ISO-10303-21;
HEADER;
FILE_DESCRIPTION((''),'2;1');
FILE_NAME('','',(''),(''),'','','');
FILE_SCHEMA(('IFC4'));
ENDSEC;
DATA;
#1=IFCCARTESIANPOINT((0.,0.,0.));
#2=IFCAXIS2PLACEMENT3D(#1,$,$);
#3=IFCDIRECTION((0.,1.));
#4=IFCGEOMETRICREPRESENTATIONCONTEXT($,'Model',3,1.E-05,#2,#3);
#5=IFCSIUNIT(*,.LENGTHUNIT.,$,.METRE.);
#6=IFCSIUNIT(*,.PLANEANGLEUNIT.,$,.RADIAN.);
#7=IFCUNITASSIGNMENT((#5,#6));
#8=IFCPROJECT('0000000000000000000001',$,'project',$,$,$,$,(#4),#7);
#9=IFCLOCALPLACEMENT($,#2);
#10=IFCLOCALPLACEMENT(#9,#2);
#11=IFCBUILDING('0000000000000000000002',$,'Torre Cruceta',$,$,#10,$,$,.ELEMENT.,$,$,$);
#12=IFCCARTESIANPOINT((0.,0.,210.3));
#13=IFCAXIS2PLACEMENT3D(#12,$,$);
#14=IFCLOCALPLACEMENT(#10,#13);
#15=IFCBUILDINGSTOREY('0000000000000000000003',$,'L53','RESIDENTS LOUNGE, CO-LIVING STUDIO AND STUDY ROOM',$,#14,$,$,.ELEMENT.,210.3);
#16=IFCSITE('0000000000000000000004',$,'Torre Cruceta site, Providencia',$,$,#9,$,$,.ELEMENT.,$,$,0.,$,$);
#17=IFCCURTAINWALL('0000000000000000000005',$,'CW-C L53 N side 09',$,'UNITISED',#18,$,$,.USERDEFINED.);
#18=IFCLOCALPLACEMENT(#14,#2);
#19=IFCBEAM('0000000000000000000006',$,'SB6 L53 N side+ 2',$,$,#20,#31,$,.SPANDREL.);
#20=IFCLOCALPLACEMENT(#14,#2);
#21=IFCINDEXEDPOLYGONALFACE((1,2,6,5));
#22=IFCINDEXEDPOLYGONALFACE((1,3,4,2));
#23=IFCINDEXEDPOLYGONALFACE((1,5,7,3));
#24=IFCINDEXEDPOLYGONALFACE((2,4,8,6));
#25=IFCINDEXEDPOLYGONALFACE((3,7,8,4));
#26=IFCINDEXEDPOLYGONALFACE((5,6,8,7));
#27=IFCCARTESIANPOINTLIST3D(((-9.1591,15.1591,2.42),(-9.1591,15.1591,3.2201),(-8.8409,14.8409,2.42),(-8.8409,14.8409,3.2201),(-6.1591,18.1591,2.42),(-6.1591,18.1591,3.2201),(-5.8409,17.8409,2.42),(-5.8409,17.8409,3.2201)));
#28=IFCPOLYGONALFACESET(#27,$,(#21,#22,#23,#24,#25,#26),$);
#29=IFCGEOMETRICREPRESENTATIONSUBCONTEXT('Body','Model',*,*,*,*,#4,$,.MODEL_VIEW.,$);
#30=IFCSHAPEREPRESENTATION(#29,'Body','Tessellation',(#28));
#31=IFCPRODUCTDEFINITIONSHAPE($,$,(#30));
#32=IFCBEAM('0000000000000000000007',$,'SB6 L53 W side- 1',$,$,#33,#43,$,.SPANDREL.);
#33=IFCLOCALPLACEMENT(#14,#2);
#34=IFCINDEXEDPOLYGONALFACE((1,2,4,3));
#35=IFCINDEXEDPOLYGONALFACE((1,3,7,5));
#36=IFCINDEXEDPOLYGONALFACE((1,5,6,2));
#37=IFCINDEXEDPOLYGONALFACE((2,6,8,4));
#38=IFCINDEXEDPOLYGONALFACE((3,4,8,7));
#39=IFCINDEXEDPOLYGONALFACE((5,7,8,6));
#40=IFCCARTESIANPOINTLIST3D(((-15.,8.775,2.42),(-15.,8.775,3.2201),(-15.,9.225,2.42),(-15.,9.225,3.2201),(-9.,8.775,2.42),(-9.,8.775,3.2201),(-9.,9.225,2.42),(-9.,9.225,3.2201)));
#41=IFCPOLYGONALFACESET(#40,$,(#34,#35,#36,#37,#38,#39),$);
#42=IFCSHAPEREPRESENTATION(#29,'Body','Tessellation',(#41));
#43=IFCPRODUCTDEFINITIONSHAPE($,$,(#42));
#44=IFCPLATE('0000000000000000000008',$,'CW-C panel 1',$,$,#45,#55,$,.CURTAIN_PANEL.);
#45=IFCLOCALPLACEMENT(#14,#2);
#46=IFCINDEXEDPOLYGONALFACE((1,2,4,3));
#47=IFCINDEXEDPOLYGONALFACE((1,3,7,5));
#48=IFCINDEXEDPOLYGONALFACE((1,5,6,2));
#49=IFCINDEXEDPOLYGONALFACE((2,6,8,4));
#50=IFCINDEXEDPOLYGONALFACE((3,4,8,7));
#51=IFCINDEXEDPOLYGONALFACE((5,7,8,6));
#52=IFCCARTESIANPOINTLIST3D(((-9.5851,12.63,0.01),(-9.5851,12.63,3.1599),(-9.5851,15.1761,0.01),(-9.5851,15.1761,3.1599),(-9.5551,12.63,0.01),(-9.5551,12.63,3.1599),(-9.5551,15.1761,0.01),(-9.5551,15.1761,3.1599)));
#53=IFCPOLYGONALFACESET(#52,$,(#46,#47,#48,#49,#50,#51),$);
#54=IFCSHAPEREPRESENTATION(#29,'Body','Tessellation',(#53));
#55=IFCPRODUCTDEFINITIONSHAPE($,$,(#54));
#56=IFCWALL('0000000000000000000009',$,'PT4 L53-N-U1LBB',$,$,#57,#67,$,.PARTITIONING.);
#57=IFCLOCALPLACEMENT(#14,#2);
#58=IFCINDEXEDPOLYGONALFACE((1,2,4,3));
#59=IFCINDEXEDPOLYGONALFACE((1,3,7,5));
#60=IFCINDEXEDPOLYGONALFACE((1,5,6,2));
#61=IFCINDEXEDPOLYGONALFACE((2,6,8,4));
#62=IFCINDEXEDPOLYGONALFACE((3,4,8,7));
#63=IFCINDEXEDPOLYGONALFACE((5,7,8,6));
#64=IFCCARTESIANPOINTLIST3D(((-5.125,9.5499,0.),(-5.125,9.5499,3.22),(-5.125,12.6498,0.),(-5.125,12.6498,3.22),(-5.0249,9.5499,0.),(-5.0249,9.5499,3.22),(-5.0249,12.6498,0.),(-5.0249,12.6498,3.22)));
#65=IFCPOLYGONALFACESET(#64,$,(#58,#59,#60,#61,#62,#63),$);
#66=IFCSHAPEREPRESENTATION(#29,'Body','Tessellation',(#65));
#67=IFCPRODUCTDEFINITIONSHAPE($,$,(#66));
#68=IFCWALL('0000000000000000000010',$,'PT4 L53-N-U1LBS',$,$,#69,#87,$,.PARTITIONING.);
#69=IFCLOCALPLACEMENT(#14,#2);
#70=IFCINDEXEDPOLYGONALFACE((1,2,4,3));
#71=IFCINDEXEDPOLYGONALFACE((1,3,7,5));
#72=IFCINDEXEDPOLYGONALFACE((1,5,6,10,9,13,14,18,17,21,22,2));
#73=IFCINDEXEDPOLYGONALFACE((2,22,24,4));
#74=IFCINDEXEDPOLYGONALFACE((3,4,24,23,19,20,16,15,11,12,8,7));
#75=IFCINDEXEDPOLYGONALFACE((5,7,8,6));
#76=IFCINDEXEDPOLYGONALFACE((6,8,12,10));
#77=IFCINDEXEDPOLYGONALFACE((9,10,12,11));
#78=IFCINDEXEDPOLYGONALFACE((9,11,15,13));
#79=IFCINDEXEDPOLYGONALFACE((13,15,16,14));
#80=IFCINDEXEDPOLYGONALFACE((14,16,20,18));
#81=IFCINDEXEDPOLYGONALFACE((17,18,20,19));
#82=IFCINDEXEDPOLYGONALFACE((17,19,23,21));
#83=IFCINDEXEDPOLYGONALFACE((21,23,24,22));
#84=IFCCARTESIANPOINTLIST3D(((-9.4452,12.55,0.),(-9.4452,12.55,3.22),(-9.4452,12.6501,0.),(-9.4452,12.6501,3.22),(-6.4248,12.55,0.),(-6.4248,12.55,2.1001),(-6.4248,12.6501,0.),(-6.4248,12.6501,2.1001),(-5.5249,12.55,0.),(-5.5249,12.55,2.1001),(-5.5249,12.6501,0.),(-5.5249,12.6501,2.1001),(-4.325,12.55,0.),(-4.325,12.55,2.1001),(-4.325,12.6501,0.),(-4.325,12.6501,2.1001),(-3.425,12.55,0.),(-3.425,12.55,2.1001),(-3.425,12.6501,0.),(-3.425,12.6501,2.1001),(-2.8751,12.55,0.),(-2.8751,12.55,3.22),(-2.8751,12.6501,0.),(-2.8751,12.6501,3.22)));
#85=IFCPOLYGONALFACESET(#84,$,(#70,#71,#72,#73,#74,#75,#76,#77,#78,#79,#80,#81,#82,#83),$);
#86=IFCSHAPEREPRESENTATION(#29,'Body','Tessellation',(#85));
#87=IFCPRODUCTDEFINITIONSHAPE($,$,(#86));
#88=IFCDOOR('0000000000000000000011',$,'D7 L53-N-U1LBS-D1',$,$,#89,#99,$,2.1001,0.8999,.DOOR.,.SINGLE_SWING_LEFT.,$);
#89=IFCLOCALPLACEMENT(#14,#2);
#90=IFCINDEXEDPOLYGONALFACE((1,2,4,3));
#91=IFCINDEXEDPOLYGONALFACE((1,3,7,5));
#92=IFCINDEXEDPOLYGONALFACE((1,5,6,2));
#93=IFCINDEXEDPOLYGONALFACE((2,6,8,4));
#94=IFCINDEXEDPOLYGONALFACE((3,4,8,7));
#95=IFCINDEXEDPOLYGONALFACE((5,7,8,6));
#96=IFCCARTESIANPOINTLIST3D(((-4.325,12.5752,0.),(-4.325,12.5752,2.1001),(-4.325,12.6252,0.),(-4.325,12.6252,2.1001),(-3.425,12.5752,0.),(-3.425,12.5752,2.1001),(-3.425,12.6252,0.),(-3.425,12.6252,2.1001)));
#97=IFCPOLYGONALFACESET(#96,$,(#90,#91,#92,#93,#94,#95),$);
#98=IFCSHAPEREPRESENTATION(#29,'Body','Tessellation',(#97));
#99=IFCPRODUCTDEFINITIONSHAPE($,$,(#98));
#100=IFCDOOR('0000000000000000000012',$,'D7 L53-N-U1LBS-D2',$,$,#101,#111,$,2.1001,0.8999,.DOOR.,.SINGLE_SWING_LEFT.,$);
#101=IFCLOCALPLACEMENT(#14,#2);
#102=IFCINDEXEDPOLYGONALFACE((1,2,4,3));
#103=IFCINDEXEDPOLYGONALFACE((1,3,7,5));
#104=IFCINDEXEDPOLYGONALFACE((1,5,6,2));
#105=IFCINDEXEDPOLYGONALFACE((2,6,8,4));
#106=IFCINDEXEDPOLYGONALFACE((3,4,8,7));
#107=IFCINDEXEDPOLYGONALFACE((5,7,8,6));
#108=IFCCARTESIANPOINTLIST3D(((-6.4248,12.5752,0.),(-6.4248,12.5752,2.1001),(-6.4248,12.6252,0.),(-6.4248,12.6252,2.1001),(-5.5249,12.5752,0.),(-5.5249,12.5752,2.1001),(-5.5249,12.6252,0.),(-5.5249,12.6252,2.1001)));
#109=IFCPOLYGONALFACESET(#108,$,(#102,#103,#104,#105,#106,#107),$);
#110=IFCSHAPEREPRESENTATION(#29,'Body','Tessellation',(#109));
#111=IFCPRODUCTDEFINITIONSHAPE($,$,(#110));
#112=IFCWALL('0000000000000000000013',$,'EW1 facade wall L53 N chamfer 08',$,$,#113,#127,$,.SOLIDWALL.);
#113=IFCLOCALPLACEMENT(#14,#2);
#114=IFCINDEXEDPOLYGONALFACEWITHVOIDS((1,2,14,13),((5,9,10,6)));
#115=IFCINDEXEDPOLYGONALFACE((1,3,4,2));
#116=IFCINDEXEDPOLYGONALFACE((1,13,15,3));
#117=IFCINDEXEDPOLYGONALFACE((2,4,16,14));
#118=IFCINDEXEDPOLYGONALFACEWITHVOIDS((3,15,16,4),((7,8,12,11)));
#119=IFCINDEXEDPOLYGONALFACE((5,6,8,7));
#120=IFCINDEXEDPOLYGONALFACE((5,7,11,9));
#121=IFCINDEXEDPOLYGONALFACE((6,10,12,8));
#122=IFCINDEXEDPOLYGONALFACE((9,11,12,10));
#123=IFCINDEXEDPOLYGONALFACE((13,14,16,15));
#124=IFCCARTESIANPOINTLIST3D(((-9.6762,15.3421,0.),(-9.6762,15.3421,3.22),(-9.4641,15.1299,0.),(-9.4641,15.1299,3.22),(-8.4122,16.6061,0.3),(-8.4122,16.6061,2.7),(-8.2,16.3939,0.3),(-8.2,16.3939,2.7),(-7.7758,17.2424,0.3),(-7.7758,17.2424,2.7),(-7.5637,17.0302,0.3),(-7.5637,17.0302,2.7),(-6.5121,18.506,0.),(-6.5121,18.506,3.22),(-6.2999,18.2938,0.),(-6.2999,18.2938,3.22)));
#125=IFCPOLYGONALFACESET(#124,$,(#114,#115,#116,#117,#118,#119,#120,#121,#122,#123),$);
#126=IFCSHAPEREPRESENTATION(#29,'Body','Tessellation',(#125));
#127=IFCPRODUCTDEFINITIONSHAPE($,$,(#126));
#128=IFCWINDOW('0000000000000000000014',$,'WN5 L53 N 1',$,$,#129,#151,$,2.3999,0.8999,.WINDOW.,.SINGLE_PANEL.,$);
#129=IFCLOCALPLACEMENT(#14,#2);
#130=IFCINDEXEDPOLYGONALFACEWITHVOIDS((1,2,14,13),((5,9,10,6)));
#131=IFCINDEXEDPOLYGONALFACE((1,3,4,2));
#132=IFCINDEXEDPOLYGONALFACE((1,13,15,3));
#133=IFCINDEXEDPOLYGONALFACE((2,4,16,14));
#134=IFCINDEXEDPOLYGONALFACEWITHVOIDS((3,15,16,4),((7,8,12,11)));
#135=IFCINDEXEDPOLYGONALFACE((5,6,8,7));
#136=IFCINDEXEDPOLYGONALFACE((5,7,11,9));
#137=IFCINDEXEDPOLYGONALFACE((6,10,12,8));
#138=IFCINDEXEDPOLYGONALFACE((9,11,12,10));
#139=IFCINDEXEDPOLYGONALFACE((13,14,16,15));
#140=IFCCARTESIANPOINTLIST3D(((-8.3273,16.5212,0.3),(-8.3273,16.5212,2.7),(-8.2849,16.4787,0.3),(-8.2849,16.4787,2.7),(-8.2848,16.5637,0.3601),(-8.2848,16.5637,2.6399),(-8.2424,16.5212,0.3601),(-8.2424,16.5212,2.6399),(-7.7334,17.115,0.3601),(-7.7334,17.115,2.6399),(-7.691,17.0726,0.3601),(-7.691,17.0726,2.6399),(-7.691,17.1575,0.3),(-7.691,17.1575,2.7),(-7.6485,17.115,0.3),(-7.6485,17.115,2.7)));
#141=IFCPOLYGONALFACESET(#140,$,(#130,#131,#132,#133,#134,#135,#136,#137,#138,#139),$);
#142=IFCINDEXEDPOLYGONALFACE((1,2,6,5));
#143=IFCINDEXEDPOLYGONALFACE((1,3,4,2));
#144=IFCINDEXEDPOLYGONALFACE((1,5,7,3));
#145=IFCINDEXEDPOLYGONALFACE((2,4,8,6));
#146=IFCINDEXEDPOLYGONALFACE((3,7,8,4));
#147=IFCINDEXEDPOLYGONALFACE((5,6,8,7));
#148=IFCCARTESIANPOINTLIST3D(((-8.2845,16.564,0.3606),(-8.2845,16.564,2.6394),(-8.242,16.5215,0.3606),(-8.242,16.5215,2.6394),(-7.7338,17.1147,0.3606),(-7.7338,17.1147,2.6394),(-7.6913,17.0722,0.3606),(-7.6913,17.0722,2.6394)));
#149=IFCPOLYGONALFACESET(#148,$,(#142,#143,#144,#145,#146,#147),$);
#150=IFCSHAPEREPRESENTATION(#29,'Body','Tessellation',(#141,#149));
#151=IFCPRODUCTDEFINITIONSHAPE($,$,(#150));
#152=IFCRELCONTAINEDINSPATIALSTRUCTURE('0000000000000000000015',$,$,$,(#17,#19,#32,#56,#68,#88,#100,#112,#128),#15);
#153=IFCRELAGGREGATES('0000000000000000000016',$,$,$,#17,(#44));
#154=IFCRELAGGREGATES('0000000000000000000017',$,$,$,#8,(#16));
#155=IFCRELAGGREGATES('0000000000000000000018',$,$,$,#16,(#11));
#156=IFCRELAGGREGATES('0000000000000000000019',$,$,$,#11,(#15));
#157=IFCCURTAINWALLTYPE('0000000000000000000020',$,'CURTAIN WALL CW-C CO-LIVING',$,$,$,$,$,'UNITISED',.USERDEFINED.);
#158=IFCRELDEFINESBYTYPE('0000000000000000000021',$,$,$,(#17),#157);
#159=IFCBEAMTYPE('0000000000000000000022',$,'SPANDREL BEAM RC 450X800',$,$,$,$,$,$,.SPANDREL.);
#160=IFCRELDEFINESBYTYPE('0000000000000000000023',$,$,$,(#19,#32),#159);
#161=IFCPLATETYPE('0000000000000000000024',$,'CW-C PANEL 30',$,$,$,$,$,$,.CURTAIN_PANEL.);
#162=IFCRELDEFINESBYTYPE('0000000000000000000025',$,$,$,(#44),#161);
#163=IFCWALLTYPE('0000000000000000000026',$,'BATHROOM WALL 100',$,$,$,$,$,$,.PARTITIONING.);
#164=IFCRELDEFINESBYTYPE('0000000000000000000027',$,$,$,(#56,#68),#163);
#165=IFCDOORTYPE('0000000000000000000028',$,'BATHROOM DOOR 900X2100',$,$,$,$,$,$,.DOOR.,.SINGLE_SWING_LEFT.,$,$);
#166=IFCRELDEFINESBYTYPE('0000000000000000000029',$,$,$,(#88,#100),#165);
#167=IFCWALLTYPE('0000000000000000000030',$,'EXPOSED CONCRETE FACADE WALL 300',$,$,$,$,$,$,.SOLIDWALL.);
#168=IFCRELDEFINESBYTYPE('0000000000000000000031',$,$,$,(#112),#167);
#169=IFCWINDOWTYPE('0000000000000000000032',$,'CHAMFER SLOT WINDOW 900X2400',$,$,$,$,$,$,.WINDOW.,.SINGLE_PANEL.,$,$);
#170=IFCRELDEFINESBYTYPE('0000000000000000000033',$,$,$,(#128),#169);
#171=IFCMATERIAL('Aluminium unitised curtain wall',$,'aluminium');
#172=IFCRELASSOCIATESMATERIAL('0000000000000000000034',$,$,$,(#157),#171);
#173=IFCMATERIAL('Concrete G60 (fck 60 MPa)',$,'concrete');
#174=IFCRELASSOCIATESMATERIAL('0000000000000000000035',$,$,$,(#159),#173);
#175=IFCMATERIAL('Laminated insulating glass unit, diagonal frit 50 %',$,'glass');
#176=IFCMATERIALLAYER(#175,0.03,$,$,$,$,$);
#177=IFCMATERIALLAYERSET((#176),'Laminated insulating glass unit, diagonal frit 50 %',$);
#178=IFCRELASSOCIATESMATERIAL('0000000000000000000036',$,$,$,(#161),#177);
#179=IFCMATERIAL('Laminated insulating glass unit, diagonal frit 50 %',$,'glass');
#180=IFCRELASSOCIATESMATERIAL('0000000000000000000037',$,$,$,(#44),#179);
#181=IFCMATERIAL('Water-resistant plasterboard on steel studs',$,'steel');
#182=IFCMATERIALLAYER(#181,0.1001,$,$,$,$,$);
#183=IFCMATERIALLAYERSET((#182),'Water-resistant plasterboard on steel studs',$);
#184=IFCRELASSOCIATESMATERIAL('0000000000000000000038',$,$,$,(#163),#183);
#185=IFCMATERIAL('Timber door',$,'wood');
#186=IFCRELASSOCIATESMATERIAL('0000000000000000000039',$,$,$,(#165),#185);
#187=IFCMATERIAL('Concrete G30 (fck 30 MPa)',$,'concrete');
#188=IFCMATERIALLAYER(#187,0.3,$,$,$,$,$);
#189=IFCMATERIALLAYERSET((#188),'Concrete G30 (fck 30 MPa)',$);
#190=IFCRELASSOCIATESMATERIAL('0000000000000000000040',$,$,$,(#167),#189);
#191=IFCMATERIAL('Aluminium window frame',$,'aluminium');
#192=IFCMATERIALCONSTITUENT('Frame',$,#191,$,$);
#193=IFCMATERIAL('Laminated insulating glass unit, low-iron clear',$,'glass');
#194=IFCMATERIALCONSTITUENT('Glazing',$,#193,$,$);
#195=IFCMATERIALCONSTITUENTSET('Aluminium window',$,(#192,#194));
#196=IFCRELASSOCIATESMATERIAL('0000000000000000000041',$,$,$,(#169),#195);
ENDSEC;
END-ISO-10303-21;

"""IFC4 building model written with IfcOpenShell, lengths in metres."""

from ifc_helpers import new_model, si_unit, direction, frame, frame_2d, origin, origin_2d, place, context, subcontext, project, spatial, rectangle, hollow_rectangle, extrude, material, layer, layer_set, constituent, constituent_set, material_profile, profile_set, type_object, element, fill, aggregate, save


model = new_model("IFC4")

# Units and contexts
model_context = context("Model", 3, precision=1e-05, world=origin(), true_north=direction((0.0, 1.0)))
body_context = subcontext(model_context, "Body", "Model", "MODEL_VIEW")
ifc_project = project(units=[si_unit("LENGTHUNIT", "METRE"), si_unit("PLANEANGLEUNIT", "RADIAN")], contexts=[model_context])

# Site, building, storey
site_placement = place(None, origin())
site = spatial("IfcSite", under=ifc_project, at=site_placement, Name="Torre Cruceta site, Providencia", CompositionType="ELEMENT", RefElevation=0.0)
building_placement = place(site_placement, origin())
building = spatial("IfcBuilding", under=site, at=building_placement, Name="Torre Cruceta", CompositionType="ELEMENT")
storey_placement = place(building_placement, frame((0.0, 0.0, 210.3)))
storey = spatial("IfcBuildingStorey", under=building, at=storey_placement, Name="L53", Description="RESIDENTS LOUNGE, CO-LIVING STUDIO AND STUDY ROOM", CompositionType="ELEMENT", Elevation=210.3)

# Curtain wall
ifc_material_1 = material(Name="Aluminium unitised curtain wall", Category="aluminium")
curtain_wall_type = type_object("IfcCurtainWallType", Name="CURTAIN WALL CW-C CO-LIVING", ElementType="UNITISED", PredefinedType="USERDEFINED", material=ifc_material_1)
curtain_wall_1_placement = place(storey_placement, origin())
curtain_wall_1 = element("IfcCurtainWall", 1, at=curtain_wall_1_placement, inside=storey, type_object=curtain_wall_type, Name="CW-C L53 N side 09", ObjectType="UNITISED", PredefinedType="USERDEFINED")

# Beams
ifc_material_2 = material(Name="Concrete G60 (fck 60 MPa)", Category="concrete")
ifc_material_profile_1 = material_profile(ifc_material_2, rectangle(XDim=0.45, YDim=0.8, at=origin_2d()), Name="RC 450X800")
ifc_profile_set_1 = profile_set([ifc_material_profile_1], Name="Concrete G60 (fck 60 MPa)")
beam_type_1 = type_object("IfcBeamType", Name="SPANDREL BEAM RC 450X800", PredefinedType="SPANDREL", material=ifc_profile_set_1)
beam_1_placement = place(storey_placement, frame((-9.0, 15.0, 2.8201), z_axis=(0.707107, 0.707107, 0.0), x_axis=(-0.707107, 0.707107, 0.0)))
element("IfcBeam", 2, at=beam_1_placement, inside=storey, type_object=beam_type_1, Name="SB6 L53 N side+ 2", PredefinedType="SPANDREL", context=body_context, shape_type="SweptSolid", body=[
    extrude(rectangle(XDim=0.45, YDim=0.8, at=origin_2d()), origin(), (0.0, 0.0, 1.0), 4.2427),
])
beam_2_placement = place(storey_placement, frame((-9.0, 9.0, 2.8201), z_axis=(-1.0, 0.0, 0.0), x_axis=(0.0, -1.0, 0.0)))
element("IfcBeam", 3, at=beam_2_placement, inside=storey, type_object=beam_type_1, Name="SB6 L53 W side- 1", PredefinedType="SPANDREL", context=body_context, shape_type="SweptSolid", body=[
    extrude(rectangle(XDim=0.45, YDim=0.8, at=origin_2d()), origin(), (0.0, 0.0, 1.0), 6.0),
])

# Plate
ifc_material_3 = material(Name="Laminated insulating glass unit, diagonal frit 50 %", Category="glass")
ifc_material_4 = material(Name="Laminated insulating glass unit, diagonal frit 50 %", Category="glass")
ifc_layer_1 = layer(ifc_material_4, 0.03)
ifc_layer_set_1 = layer_set([ifc_layer_1], Name="Laminated insulating glass unit, diagonal frit 50 %")
plate_type = type_object("IfcPlateType", Name="CW-C PANEL 30", PredefinedType="CURTAIN_PANEL", material=ifc_layer_set_1)
plate_placement = place(storey_placement, frame((-9.5701, 13.9031, 0.01), z_axis=(0.0, 0.0, 1.0), x_axis=(0.0, -1.0, 0.0)))
plate = element("IfcPlate", 4, at=plate_placement, type_object=plate_type, material=ifc_material_3, Name="CW-C panel 1", PredefinedType="CURTAIN_PANEL", context=body_context, shape_type="SweptSolid", body=[
    extrude(rectangle(XDim=2.5461, YDim=0.03, at=origin_2d()), origin(), (0.0, 0.0, 1.0), 3.1499),
])
aggregate(curtain_wall_1, [plate])

# Wall
ifc_material_5 = material(Name="Water-resistant plasterboard on steel studs", Category="steel")
ifc_layer_2 = layer(ifc_material_5, 0.1001)
ifc_layer_set_2 = layer_set([ifc_layer_2], Name="Water-resistant plasterboard on steel studs")
wall_type_1 = type_object("IfcWallType", Name="BATHROOM WALL 100", PredefinedType="PARTITIONING", material=ifc_layer_set_2)
wall_1_placement = place(storey_placement, frame((-5.075, 9.55, 0.0), z_axis=(0.0, 0.0, 1.0), x_axis=(0.0, 1.0, 0.0)))
element("IfcWall", 5, at=wall_1_placement, inside=storey, type_object=wall_type_1, Name="PT4 L53-N-U1LBB", PredefinedType="PARTITIONING", context=body_context, shape_type="SweptSolid", body=[
    extrude(rectangle(XDim=3.0999, YDim=0.1001, at=frame_2d((1.5498, 0.0))), origin(), (0.0, 0.0, 1.0), 3.22),
])

# Wall, openings, doors
wall_2_placement = place(storey_placement, frame((-2.875, 12.6001, 0.0), z_axis=(0.0, 0.0, 1.0), x_axis=(-1.0, 0.0, 0.0)))
wall_2 = element("IfcWall", 6, at=wall_2_placement, inside=storey, type_object=wall_type_1, Name="PT4 L53-N-U1LBS", PredefinedType="PARTITIONING", context=body_context, shape_type="SweptSolid", body=[
    extrude(rectangle(XDim=6.5701, YDim=0.1001, at=frame_2d((3.2852, 0.0))), origin(), (0.0, 0.0, 1.0), 3.22),
])
opening_1_placement = place(wall_2_placement, frame((0.55, 0.0, 0.0)))
opening_1 = element("IfcOpeningElement", 7, at=opening_1_placement, cuts=wall_2, PredefinedType="OPENING", context=body_context, shape_type="SweptSolid", body=[
    extrude(rectangle(XDim=0.8999, YDim=2.1001, at=frame_2d((0.45, 1.05))), frame((0.0, 0.0601, 0.0), z_axis=(0.0, -1.0, 0.0), x_axis=(1.0, 0.0, 0.0)), (0.0, 0.0, 1.0), 0.1201),
])
opening_2_placement = place(wall_2_placement, frame((2.6499, 0.0, 0.0)))
opening_2 = element("IfcOpeningElement", 8, at=opening_2_placement, cuts=wall_2, PredefinedType="OPENING", context=body_context, shape_type="SweptSolid", body=[
    extrude(rectangle(XDim=0.8999, YDim=2.1001, at=frame_2d((0.45, 1.05))), frame((0.0, 0.0601, 0.0), z_axis=(0.0, -1.0, 0.0), x_axis=(1.0, 0.0, 0.0)), (0.0, 0.0, 1.0), 0.1201),
])
ifc_material_6 = material(Name="Timber door", Category="wood")
door_type_1 = type_object("IfcDoorType", Name="BATHROOM DOOR 900X2100", OperationType="SINGLE_SWING_LEFT", PredefinedType="DOOR", material=ifc_material_6)
door_1_placement = place(opening_1_placement, origin())
door_1 = element("IfcDoor", 9, at=door_1_placement, inside=storey, type_object=door_type_1, Name="D7 L53-N-U1LBS-D1", OperationType="SINGLE_SWING_LEFT", OverallHeight=2.1001, OverallWidth=0.8999, PredefinedType="DOOR", context=body_context, shape_type="SweptSolid", body=[
    extrude(rectangle(XDim=0.8999, YDim=2.1001, at=frame_2d((0.45, 1.05))), frame((0.0, 0.0249, 0.0), z_axis=(0.0, -1.0, 0.0), x_axis=(1.0, 0.0, 0.0)), (0.0, 0.0, 1.0), 0.05),
])
fill(opening_1, door_1)
door_2_placement = place(opening_2_placement, origin())
door_2 = element("IfcDoor", 10, at=door_2_placement, inside=storey, type_object=door_type_1, Name="D7 L53-N-U1LBS-D2", OperationType="SINGLE_SWING_LEFT", OverallHeight=2.1001, OverallWidth=0.8999, PredefinedType="DOOR", context=body_context, shape_type="SweptSolid", body=[
    extrude(rectangle(XDim=0.8999, YDim=2.1001, at=frame_2d((0.45, 1.05))), frame((0.0, 0.0249, 0.0), z_axis=(0.0, -1.0, 0.0), x_axis=(1.0, 0.0, 0.0)), (0.0, 0.0, 1.0), 0.05),
])
fill(opening_2, door_2)

# Wall, opening, window
ifc_material_7 = material(Name="Concrete G30 (fck 30 MPa)", Category="concrete")
ifc_layer_3 = layer(ifc_material_7, 0.3)
ifc_layer_set_3 = layer_set([ifc_layer_3], Name="Concrete G30 (fck 30 MPa)")
wall_type_2 = type_object("IfcWallType", Name="EXPOSED CONCRETE FACADE WALL 300", PredefinedType="SOLIDWALL", material=ifc_layer_set_3)
wall_3_placement = place(storey_placement, frame((-6.406, 18.3999, 0.0), z_axis=(0.0, 0.0, 1.0), x_axis=(-0.707134, -0.707079, 0.0)))
wall_3 = element("IfcWall", 11, at=wall_3_placement, inside=storey, type_object=wall_type_2, Name="EW1 facade wall L53 N chamfer 08", PredefinedType="SOLIDWALL", context=body_context, shape_type="SweptSolid", body=[
    extrude(rectangle(XDim=4.4746, YDim=0.3, at=frame_2d((2.2373, 0.0))), origin(), (0.0, 0.0, 1.0), 3.22),
])
opening_3_placement = place(wall_3_placement, frame((1.7871, 0.0, 0.3)))
opening_3 = element("IfcOpeningElement", 12, at=opening_3_placement, cuts=wall_3, PredefinedType="OPENING", context=body_context, shape_type="SweptSolid", body=[
    extrude(rectangle(XDim=0.8999, YDim=2.3999, at=frame_2d((0.45, 1.2))), frame((0.0, 0.1599, 0.0), z_axis=(0.0, -1.0, 0.0), x_axis=(1.0, 0.0, 0.0)), (0.0, 0.0, 1.0), 0.3201),
])
ifc_material_8 = material(Name="Aluminium window frame", Category="aluminium")
ifc_constituent_1 = constituent(ifc_material_8, Name="Frame")
ifc_material_9 = material(Name="Laminated insulating glass unit, low-iron clear", Category="glass")
ifc_constituent_2 = constituent(ifc_material_9, Name="Glazing")
ifc_constituent_set_1 = constituent_set(constituents=[ifc_constituent_1, ifc_constituent_2], Name="Aluminium window")
window_type = type_object("IfcWindowType", Name="CHAMFER SLOT WINDOW 900X2400", PartitioningType="SINGLE_PANEL", PredefinedType="WINDOW", material=ifc_constituent_set_1)
window_placement = place(opening_3_placement, origin())
window = element("IfcWindow", 13, at=window_placement, inside=storey, type_object=window_type, Name="WN5 L53 N 1", OverallHeight=2.3999, OverallWidth=0.8999, PartitioningType="SINGLE_PANEL", PredefinedType="WINDOW", context=body_context, shape_type="SweptSolid", body=[
    extrude(hollow_rectangle(XDim=0.8999, YDim=2.3999, WallThickness=0.0601, at=frame_2d((0.45, 1.2))), frame((0.0, 0.03, 0.0), z_axis=(0.0, -1.0, 0.0), x_axis=(1.0, 0.0, 0.0)), (0.0, 0.0, 1.0), 0.0601),
    extrude(rectangle(XDim=0.7788, YDim=2.2788, at=frame_2d((0.45, 1.2))), frame((0.0, 0.03, 0.0), z_axis=(0.0, -1.0, 0.0), x_axis=(1.0, 0.0, 0.0)), (0.0, 0.0, 1.0), 0.0601),
])
fill(opening_3, window)

save(model, "model.ifc")
